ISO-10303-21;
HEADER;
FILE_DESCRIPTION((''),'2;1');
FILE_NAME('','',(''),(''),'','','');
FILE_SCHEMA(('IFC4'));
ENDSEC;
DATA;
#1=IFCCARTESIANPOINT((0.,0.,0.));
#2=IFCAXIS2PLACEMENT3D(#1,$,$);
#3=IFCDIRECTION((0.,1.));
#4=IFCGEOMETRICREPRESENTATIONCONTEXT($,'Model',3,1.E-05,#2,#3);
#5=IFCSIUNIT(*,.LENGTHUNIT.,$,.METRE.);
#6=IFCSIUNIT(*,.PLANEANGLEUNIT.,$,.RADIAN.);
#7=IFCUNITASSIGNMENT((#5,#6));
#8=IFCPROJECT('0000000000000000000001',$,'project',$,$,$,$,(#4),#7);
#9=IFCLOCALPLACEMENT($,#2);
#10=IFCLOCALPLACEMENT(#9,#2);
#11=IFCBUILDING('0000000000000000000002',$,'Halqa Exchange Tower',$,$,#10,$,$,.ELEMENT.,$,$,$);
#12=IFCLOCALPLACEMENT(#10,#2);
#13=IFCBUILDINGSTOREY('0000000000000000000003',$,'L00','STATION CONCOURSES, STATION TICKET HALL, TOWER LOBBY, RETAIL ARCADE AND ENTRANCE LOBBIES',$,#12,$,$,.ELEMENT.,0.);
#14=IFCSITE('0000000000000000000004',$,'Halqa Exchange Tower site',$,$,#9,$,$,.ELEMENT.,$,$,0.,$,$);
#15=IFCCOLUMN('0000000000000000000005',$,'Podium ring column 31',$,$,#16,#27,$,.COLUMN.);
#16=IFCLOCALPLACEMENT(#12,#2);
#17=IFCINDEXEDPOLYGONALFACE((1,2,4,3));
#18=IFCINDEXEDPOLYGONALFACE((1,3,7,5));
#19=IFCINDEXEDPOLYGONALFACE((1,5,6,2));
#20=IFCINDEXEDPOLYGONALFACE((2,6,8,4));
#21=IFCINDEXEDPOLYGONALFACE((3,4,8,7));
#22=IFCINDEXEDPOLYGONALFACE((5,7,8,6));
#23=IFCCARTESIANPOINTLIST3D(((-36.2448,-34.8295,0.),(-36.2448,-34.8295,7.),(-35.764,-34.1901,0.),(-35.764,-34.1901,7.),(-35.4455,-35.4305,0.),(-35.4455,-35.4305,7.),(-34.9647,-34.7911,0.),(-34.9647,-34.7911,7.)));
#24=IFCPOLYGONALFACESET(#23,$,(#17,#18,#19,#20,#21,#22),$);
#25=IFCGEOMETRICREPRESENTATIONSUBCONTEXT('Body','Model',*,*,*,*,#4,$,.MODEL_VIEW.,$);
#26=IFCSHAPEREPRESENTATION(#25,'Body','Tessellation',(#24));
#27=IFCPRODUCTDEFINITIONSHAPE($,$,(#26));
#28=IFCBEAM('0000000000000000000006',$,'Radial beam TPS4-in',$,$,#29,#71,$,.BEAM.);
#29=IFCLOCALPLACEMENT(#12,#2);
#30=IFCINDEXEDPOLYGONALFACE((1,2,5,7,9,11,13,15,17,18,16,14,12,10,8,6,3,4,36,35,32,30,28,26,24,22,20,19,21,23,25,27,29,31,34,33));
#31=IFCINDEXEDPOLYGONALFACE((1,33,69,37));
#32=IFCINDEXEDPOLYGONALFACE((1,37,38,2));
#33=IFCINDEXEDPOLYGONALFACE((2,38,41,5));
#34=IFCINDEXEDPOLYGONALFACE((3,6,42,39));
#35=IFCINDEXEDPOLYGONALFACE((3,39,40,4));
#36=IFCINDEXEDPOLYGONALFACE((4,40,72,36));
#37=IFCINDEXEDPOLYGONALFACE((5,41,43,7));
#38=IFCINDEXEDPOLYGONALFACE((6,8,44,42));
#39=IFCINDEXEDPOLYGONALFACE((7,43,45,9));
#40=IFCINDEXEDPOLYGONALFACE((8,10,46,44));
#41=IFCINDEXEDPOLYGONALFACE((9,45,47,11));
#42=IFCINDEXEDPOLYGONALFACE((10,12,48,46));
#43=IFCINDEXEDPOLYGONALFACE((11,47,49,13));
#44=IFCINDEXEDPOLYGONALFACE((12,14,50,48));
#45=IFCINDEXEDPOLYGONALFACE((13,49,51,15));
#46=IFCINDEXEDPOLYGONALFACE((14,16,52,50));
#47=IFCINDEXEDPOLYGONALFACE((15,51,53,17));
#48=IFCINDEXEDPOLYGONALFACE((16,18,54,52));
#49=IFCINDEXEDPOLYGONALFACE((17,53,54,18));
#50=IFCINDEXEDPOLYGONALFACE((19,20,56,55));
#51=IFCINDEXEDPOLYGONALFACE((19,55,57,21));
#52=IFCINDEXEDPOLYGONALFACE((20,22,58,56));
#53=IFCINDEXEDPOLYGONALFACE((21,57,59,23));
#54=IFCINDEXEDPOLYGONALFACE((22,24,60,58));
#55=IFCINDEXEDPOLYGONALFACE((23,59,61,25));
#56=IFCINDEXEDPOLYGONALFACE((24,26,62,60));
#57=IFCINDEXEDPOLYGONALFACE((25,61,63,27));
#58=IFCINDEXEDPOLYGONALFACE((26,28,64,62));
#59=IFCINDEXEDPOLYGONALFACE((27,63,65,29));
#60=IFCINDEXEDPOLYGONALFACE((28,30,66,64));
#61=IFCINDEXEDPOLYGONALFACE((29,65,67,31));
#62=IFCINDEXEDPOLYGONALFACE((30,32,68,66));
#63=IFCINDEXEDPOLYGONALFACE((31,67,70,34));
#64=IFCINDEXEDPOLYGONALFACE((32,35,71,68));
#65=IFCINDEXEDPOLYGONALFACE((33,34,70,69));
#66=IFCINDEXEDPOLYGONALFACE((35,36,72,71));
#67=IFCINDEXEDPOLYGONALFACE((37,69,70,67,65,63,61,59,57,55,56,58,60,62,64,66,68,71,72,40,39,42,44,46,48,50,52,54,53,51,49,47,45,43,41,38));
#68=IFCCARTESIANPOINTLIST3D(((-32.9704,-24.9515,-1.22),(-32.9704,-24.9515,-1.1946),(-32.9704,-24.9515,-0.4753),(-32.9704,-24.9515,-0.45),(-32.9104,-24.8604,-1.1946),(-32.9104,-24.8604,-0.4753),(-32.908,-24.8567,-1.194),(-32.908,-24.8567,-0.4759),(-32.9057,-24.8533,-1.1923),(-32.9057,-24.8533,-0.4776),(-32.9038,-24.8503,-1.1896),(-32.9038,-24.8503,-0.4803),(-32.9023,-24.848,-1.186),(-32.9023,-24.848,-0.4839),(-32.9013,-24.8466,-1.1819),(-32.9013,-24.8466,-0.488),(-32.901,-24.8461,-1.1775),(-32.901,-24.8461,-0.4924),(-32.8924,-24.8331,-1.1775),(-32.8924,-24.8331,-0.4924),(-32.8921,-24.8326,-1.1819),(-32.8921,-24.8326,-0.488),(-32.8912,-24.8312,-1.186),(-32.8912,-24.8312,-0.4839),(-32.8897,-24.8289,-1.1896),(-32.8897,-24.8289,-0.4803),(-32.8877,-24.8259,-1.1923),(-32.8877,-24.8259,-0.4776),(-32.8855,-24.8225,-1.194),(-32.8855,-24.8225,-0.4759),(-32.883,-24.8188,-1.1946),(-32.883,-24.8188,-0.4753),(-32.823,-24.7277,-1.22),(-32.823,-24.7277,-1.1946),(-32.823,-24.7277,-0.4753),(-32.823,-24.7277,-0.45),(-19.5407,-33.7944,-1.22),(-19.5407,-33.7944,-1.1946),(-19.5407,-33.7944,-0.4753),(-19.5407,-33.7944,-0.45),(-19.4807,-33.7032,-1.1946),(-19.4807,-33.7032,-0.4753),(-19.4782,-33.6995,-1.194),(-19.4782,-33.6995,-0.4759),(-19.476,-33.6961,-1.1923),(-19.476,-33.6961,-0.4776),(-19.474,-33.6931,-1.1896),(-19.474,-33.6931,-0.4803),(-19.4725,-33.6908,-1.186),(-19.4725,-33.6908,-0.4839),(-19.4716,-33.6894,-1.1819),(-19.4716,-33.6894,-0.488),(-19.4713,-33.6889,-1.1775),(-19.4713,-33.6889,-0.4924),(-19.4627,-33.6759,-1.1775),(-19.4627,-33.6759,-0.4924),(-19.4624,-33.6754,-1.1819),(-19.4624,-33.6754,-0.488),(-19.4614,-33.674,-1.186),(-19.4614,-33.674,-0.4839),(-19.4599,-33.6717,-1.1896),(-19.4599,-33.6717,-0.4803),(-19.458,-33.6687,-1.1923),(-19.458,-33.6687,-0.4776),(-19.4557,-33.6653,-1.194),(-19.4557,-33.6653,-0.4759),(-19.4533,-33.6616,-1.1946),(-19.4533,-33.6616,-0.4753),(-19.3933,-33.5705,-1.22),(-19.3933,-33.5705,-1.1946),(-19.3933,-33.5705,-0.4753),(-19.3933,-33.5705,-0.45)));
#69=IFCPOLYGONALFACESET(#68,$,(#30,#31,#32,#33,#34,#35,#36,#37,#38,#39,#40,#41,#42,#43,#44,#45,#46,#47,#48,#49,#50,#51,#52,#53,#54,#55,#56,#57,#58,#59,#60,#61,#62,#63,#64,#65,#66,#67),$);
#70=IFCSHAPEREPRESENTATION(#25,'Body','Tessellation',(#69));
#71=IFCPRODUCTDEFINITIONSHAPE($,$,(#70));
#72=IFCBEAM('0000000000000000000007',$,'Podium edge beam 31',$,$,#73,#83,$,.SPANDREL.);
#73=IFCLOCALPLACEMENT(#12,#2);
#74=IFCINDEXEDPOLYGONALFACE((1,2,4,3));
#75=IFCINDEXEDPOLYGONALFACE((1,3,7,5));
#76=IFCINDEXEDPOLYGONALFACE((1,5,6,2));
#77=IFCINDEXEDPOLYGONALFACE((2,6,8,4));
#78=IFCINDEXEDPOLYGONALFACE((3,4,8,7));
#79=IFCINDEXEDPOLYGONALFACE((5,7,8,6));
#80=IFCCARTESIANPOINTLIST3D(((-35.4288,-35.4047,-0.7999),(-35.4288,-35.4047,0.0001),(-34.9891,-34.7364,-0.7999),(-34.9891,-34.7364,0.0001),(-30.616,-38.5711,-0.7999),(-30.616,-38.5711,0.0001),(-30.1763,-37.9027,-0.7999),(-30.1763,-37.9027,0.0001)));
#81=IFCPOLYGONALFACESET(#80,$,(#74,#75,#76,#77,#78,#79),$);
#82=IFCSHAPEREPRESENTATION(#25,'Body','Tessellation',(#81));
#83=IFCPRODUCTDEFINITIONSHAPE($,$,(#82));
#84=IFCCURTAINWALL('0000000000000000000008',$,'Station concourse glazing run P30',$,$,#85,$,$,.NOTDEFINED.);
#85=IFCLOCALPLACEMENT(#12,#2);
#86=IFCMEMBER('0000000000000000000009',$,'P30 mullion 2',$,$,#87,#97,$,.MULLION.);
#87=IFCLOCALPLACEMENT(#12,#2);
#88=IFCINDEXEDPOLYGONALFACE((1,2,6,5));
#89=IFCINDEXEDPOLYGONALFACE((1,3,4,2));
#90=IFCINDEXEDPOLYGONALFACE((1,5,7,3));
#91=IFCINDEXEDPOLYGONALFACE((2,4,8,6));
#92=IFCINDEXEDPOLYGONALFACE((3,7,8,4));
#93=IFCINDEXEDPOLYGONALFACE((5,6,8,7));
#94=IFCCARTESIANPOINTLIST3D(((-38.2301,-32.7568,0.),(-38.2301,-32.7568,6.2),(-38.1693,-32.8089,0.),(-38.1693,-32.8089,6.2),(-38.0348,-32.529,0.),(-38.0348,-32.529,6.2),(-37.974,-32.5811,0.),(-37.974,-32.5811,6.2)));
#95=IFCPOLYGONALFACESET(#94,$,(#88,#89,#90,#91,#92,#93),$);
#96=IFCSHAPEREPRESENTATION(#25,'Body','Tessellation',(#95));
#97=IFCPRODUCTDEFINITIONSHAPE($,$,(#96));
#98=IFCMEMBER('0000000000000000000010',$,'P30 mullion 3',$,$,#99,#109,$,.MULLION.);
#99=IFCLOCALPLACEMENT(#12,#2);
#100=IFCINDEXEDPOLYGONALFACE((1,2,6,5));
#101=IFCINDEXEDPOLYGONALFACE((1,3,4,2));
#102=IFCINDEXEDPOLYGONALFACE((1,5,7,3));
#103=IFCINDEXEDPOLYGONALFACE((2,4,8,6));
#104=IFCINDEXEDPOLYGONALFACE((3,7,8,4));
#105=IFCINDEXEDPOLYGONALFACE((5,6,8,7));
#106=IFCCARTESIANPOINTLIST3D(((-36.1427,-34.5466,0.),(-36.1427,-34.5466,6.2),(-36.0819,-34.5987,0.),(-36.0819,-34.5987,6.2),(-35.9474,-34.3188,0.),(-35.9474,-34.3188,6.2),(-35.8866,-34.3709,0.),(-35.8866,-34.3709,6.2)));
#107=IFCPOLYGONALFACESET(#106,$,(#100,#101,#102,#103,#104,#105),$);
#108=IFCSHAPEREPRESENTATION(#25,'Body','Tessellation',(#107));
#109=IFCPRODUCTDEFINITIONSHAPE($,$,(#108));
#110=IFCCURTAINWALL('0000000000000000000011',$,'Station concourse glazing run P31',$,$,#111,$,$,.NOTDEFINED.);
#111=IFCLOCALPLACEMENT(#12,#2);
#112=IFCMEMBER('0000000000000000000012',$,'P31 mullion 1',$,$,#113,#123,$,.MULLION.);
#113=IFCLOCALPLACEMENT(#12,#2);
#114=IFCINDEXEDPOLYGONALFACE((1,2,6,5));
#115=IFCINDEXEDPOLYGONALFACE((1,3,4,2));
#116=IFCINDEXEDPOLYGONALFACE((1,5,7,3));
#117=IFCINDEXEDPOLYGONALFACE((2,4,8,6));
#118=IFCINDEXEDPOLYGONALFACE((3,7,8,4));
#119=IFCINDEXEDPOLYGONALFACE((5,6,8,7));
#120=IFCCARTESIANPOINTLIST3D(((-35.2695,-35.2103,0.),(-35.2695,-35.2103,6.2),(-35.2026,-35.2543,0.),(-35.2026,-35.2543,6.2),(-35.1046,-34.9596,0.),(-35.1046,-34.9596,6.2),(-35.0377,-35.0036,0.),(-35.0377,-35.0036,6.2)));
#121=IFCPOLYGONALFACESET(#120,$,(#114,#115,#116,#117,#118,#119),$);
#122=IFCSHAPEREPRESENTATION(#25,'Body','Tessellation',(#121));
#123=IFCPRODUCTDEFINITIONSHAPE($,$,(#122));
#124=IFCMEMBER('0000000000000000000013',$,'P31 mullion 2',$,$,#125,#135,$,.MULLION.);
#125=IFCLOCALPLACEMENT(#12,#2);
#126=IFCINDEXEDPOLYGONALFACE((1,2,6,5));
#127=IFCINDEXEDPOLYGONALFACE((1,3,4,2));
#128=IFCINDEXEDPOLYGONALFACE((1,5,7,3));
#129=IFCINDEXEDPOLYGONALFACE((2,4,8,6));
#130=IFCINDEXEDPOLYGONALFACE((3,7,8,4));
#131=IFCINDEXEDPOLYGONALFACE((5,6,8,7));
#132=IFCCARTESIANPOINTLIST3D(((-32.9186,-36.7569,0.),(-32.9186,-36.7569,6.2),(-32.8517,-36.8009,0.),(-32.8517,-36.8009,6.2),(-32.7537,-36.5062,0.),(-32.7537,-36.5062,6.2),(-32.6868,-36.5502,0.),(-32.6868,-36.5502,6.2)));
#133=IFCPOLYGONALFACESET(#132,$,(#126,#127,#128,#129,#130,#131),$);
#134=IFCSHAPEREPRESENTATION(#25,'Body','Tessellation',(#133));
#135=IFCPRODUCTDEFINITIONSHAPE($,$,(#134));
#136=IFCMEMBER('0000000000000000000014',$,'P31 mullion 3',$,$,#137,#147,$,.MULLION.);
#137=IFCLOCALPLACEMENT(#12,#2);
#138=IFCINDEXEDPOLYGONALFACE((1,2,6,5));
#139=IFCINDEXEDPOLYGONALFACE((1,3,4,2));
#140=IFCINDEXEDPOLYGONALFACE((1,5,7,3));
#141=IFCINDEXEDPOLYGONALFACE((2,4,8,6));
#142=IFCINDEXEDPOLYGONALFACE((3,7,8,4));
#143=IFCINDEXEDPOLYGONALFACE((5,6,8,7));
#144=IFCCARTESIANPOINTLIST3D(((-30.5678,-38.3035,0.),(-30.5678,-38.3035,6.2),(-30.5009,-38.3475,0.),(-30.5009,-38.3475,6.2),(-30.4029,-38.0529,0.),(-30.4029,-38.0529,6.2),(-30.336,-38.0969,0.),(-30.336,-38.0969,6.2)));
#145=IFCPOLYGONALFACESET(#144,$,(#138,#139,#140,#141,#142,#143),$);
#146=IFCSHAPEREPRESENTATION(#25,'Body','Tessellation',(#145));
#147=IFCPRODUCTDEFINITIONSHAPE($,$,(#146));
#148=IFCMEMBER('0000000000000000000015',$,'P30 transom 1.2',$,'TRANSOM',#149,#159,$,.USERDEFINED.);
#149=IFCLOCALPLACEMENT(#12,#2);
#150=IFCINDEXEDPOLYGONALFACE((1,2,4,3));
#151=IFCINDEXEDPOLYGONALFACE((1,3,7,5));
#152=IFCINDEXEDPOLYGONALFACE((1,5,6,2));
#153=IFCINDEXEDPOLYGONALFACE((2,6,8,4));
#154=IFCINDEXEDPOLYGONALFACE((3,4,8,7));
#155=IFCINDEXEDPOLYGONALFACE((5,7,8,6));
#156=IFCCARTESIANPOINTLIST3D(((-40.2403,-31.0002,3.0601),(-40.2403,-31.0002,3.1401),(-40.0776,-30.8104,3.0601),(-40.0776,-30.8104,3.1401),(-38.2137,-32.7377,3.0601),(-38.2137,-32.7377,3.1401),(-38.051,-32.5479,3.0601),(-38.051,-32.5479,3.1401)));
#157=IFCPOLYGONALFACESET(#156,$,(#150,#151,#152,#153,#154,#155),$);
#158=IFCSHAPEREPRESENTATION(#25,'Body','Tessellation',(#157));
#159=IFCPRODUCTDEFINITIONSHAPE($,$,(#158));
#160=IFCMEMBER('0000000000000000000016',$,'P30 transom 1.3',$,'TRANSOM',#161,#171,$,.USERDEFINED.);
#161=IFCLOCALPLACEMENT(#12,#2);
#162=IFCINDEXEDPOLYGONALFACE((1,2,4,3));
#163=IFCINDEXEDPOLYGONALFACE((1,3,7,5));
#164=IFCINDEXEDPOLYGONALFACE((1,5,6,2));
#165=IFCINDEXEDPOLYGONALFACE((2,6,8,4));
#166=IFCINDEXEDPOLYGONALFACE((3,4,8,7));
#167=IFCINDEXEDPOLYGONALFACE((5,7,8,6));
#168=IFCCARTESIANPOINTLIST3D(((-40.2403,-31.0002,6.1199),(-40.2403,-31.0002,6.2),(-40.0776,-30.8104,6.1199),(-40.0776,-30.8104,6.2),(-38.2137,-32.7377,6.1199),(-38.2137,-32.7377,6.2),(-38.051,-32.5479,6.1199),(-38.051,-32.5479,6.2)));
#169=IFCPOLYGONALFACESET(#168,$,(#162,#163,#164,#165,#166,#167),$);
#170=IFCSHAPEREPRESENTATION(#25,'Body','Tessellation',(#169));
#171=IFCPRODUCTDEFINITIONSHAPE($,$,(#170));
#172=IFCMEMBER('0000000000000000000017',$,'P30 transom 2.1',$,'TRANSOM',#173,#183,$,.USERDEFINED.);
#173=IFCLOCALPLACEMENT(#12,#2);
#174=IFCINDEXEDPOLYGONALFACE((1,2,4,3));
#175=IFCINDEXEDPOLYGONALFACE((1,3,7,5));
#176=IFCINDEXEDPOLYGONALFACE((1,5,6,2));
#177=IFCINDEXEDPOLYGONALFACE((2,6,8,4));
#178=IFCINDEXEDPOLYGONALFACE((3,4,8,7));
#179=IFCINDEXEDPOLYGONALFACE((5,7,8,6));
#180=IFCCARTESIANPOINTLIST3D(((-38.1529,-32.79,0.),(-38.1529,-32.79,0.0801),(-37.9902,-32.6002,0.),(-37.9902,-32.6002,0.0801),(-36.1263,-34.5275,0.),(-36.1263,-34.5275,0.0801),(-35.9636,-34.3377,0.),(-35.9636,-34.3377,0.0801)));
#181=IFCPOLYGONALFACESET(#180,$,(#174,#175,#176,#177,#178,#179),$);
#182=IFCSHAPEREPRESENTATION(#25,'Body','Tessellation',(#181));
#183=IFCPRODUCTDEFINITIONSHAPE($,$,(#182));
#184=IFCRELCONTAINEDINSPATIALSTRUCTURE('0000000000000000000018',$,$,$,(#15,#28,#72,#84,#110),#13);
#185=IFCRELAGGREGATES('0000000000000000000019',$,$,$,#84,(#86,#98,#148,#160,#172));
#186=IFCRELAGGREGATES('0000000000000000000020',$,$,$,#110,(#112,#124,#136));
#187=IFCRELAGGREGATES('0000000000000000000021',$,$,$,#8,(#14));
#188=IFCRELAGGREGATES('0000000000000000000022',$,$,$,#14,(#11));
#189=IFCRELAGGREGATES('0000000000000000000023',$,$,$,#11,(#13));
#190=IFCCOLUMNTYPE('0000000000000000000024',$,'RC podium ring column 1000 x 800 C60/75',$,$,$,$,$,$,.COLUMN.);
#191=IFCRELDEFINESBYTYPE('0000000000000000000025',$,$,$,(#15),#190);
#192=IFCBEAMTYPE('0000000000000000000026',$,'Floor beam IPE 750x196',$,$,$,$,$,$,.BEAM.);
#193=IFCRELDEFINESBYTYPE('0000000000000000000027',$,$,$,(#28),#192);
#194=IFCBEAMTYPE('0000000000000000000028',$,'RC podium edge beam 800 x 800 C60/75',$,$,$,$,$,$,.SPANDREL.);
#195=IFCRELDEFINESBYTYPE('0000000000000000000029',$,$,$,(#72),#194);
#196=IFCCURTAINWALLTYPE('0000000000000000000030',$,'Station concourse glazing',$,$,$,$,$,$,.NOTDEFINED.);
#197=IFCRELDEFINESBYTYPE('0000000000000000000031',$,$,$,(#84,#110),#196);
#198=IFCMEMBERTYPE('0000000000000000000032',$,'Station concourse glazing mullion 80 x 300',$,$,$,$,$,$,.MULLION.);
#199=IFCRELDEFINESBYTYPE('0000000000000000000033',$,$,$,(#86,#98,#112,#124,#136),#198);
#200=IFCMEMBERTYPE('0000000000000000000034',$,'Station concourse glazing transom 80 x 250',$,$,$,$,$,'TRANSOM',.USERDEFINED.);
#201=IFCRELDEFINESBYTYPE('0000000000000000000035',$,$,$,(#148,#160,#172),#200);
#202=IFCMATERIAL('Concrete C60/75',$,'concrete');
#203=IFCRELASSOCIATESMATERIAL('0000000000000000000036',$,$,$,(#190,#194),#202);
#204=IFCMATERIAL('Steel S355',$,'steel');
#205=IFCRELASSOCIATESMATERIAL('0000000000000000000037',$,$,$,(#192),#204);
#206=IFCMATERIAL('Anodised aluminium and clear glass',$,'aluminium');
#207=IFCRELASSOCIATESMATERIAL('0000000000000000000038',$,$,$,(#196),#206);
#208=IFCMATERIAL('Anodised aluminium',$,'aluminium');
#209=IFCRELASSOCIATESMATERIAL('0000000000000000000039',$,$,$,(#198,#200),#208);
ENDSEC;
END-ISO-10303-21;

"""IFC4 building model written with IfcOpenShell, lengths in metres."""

from ifc_helpers import new_model, si_unit, direction, frame, origin, origin_2d, place, context, subcontext, project, spatial, rectangle, i_section, extrude, material, material_profile, profile_set, type_object, element, aggregate, save


model = new_model("IFC4")

# Units and contexts
model_context = context("Model", 3, precision=1e-05, world=origin(), true_north=direction((0.0, 1.0)))
body_context = subcontext(model_context, "Body", "Model", "MODEL_VIEW")
ifc_project = project(units=[si_unit("LENGTHUNIT", "METRE"), si_unit("PLANEANGLEUNIT", "RADIAN")], contexts=[model_context])

# Site, building, storey
site_placement = place(None, origin())
site = spatial("IfcSite", under=ifc_project, at=site_placement, Name="Halqa Exchange Tower site", CompositionType="ELEMENT", RefElevation=0.0)
building_placement = place(site_placement, origin())
building = spatial("IfcBuilding", under=site, at=building_placement, Name="Halqa Exchange Tower", CompositionType="ELEMENT")
storey_placement = place(building_placement, origin())
storey = spatial("IfcBuildingStorey", under=building, at=storey_placement, Name="L00", Description="STATION CONCOURSES, STATION TICKET HALL, TOWER LOBBY, RETAIL ARCADE AND ENTRANCE LOBBIES", CompositionType="ELEMENT", Elevation=0.0)

# Column
ifc_material_1 = material(Name="Concrete C60/75", Category="concrete")
ifc_material_profile_1 = material_profile(ifc_material_1, rectangle(XDim=1.0, YDim=0.8, at=origin_2d()), Name="1000 x 800")
ifc_profile_set_1 = profile_set([ifc_material_profile_1], Name="Concrete C60/75")
column_type = type_object("IfcColumnType", Name="RC podium ring column 1000 x 800 C60/75", PredefinedType="COLUMN", material=ifc_profile_set_1)
column_placement = place(storey_placement, frame((-35.6047, -34.8103, 0.0), z_axis=(0.0, 0.0, 1.0), x_axis=(0.79926, -0.600985, 0.0)))
element("IfcColumn", 1, at=column_placement, inside=storey, type_object=column_type, Name="Podium ring column 31", PredefinedType="COLUMN", context=body_context, shape_type="SweptSolid", body=[
    extrude(rectangle(XDim=1.0, YDim=0.8, at=origin_2d()), origin(), (0.0, 0.0, 1.0), 7.0),
])

# Beams
ifc_material_2 = material(Name="Steel S355", Category="steel")
ifc_material_profile_2 = material_profile(ifc_material_2, i_section(OverallWidth=0.2681, OverallDepth=0.77, WebThickness=0.0156, FlangeThickness=0.0254, FilletRadius=0.0171, at=origin_2d()), Name="IPE 750x196")
ifc_profile_set_2 = profile_set([ifc_material_profile_2], Name="Steel S355")
beam_type_1 = type_object("IfcBeamType", Name="Floor beam IPE 750x196", PredefinedType="BEAM", material=ifc_profile_set_2)
beam_1_placement = place(storey_placement, frame((-32.8967, -24.8396, -0.835), z_axis=(0.835204, -0.54994, 0.0), x_axis=(0.54994, 0.835204, 0.0)))
element("IfcBeam", 2, at=beam_1_placement, inside=storey, type_object=beam_type_1, Name="Radial beam TPS4-in", PredefinedType="BEAM", context=body_context, shape_type="SweptSolid", body=[
    extrude(i_section(OverallWidth=0.2681, OverallDepth=0.77, WebThickness=0.0156, FlangeThickness=0.0254, FilletRadius=0.0171, at=origin_2d()), origin(), (0.0, 0.0, 1.0), 16.0796),
])
ifc_material_profile_3 = material_profile(ifc_material_1, rectangle(XDim=0.8, YDim=0.8, at=origin_2d()), Name="800 x 800")
ifc_profile_set_3 = profile_set([ifc_material_profile_3], Name="Concrete C60/75")
beam_type_2 = type_object("IfcBeamType", Name="RC podium edge beam 800 x 800 C60/75", PredefinedType="SPANDREL", material=ifc_profile_set_3)
beam_2_placement = place(storey_placement, frame((-35.209, -35.0706, -0.3999), z_axis=(0.835419, -0.549614, 0.0), x_axis=(0.549614, 0.835419, 0.0)))
element("IfcBeam", 3, at=beam_2_placement, inside=storey, type_object=beam_type_2, Name="Podium edge beam 31", PredefinedType="SPANDREL", context=body_context, shape_type="SweptSolid", body=[
    extrude(rectangle(XDim=0.8, YDim=0.8, at=origin_2d()), origin(), (0.0, 0.0, 1.0), 5.761),
])

# Curtain walls, members
ifc_material_3 = material(Name="Anodised aluminium and clear glass", Category="aluminium")
curtain_wall_type = type_object("IfcCurtainWallType", Name="Station concourse glazing", PredefinedType="NOTDEFINED", material=ifc_material_3)
curtain_wall_1_placement = place(storey_placement, origin())
curtain_wall_1 = element("IfcCurtainWall", 4, at=curtain_wall_1_placement, inside=storey, type_object=curtain_wall_type, Name="Station concourse glazing run P30", PredefinedType="NOTDEFINED")
ifc_material_4 = material(Name="Anodised aluminium", Category="aluminium")
ifc_material_profile_4 = material_profile(ifc_material_4, rectangle(XDim=0.3, YDim=0.0801, at=origin_2d()), Name="AL 80x300")
ifc_profile_set_4 = profile_set([ifc_material_profile_4], Name="Anodised aluminium")
member_type_1 = type_object("IfcMemberType", Name="Station concourse glazing mullion 80 x 300", PredefinedType="MULLION", material=ifc_profile_set_4)
member_1_placement = place(storey_placement, frame((-38.1021, -32.6689, 0.0), z_axis=(0.0, 0.0, 1.0), x_axis=(0.650911, 0.759154, 0.0)))
member_1 = element("IfcMember", 5, at=member_1_placement, type_object=member_type_1, Name="P30 mullion 2", PredefinedType="MULLION", context=body_context, shape_type="SweptSolid", body=[
    extrude(rectangle(XDim=0.3, YDim=0.0801, at=origin_2d()), origin(), (0.0, 0.0, 1.0), 6.2),
])
member_2_placement = place(storey_placement, frame((-36.0146, -34.4587, 0.0), z_axis=(0.0, 0.0, 1.0), x_axis=(0.650911, 0.759154, 0.0)))
member_2 = element("IfcMember", 6, at=member_2_placement, type_object=member_type_1, Name="P30 mullion 3", PredefinedType="MULLION", context=body_context, shape_type="SweptSolid", body=[
    extrude(rectangle(XDim=0.3, YDim=0.0801, at=origin_2d()), origin(), (0.0, 0.0, 1.0), 6.2),
])
curtain_wall_2_placement = place(storey_placement, origin())
curtain_wall_2 = element("IfcCurtainWall", 7, at=curtain_wall_2_placement, inside=storey, type_object=curtain_wall_type, Name="Station concourse glazing run P31", PredefinedType="NOTDEFINED")
member_3_placement = place(storey_placement, frame((-35.1536, -35.1069, 0.0), z_axis=(0.0, 0.0, 1.0), x_axis=(0.54962, 0.835415, 0.0)))
member_3 = element("IfcMember", 8, at=member_3_placement, type_object=member_type_1, Name="P31 mullion 1", PredefinedType="MULLION", context=body_context, shape_type="SweptSolid", body=[
    extrude(rectangle(XDim=0.3, YDim=0.0801, at=origin_2d()), origin(), (0.0, 0.0, 1.0), 6.2),
])
member_4_placement = place(storey_placement, frame((-32.8027, -36.6536, 0.0), z_axis=(0.0, 0.0, 1.0), x_axis=(0.54962, 0.835415, 0.0)))
member_4 = element("IfcMember", 9, at=member_4_placement, type_object=member_type_1, Name="P31 mullion 2", PredefinedType="MULLION", context=body_context, shape_type="SweptSolid", body=[
    extrude(rectangle(XDim=0.3, YDim=0.0801, at=origin_2d()), origin(), (0.0, 0.0, 1.0), 6.2),
])
member_5_placement = place(storey_placement, frame((-30.4519, -38.2002, 0.0), z_axis=(0.0, 0.0, 1.0), x_axis=(0.54962, 0.835415, 0.0)))
member_5 = element("IfcMember", 10, at=member_5_placement, type_object=member_type_1, Name="P31 mullion 3", PredefinedType="MULLION", context=body_context, shape_type="SweptSolid", body=[
    extrude(rectangle(XDim=0.3, YDim=0.0801, at=origin_2d()), origin(), (0.0, 0.0, 1.0), 6.2),
])

# Members
ifc_material_profile_5 = material_profile(ifc_material_4, rectangle(XDim=0.25, YDim=0.0801, at=origin_2d()), Name="AL 80x250")
ifc_profile_set_5 = profile_set([ifc_material_profile_5], Name="Anodised aluminium")
member_type_2 = type_object("IfcMemberType", Name="Station concourse glazing transom 80 x 250", ElementType="TRANSOM", PredefinedType="USERDEFINED", material=ifc_profile_set_5)
member_6_placement = place(storey_placement, frame((-40.1589, -30.9053, 3.1001), z_axis=(0.759173, -0.650889, 0.0), x_axis=(0.650889, 0.759173, 0.0)))
member_6 = element("IfcMember", 11, at=member_6_placement, type_object=member_type_2, Name="P30 transom 1.2", ObjectType="TRANSOM", PredefinedType="USERDEFINED", context=body_context, shape_type="SweptSolid", body=[
    extrude(rectangle(XDim=0.25, YDim=0.0801, at=origin_2d()), origin(), (0.0, 0.0, 1.0), 2.6694),
])
member_7_placement = place(storey_placement, frame((-40.1589, -30.9053, 6.1599), z_axis=(0.759173, -0.650889, 0.0), x_axis=(0.650889, 0.759173, 0.0)))
member_7 = element("IfcMember", 12, at=member_7_placement, type_object=member_type_2, Name="P30 transom 1.3", ObjectType="TRANSOM", PredefinedType="USERDEFINED", context=body_context, shape_type="SweptSolid", body=[
    extrude(rectangle(XDim=0.25, YDim=0.0801, at=origin_2d()), origin(), (0.0, 0.0, 1.0), 2.6694),
])
member_8_placement = place(storey_placement, frame((-38.0715, -32.6951, 0.04), z_axis=(0.759173, -0.650889, 0.0), x_axis=(0.650889, 0.759173, 0.0)))
member_8 = element("IfcMember", 13, at=member_8_placement, type_object=member_type_2, Name="P30 transom 2.1", ObjectType="TRANSOM", PredefinedType="USERDEFINED", context=body_context, shape_type="SweptSolid", body=[
    extrude(rectangle(XDim=0.25, YDim=0.0801, at=origin_2d()), origin(), (0.0, 0.0, 1.0), 2.6694),
])

aggregate(curtain_wall_1, [member_1, member_2, member_6, member_7, member_8])
aggregate(curtain_wall_2, [member_3, member_4, member_5])

save(model, "model.ifc")
